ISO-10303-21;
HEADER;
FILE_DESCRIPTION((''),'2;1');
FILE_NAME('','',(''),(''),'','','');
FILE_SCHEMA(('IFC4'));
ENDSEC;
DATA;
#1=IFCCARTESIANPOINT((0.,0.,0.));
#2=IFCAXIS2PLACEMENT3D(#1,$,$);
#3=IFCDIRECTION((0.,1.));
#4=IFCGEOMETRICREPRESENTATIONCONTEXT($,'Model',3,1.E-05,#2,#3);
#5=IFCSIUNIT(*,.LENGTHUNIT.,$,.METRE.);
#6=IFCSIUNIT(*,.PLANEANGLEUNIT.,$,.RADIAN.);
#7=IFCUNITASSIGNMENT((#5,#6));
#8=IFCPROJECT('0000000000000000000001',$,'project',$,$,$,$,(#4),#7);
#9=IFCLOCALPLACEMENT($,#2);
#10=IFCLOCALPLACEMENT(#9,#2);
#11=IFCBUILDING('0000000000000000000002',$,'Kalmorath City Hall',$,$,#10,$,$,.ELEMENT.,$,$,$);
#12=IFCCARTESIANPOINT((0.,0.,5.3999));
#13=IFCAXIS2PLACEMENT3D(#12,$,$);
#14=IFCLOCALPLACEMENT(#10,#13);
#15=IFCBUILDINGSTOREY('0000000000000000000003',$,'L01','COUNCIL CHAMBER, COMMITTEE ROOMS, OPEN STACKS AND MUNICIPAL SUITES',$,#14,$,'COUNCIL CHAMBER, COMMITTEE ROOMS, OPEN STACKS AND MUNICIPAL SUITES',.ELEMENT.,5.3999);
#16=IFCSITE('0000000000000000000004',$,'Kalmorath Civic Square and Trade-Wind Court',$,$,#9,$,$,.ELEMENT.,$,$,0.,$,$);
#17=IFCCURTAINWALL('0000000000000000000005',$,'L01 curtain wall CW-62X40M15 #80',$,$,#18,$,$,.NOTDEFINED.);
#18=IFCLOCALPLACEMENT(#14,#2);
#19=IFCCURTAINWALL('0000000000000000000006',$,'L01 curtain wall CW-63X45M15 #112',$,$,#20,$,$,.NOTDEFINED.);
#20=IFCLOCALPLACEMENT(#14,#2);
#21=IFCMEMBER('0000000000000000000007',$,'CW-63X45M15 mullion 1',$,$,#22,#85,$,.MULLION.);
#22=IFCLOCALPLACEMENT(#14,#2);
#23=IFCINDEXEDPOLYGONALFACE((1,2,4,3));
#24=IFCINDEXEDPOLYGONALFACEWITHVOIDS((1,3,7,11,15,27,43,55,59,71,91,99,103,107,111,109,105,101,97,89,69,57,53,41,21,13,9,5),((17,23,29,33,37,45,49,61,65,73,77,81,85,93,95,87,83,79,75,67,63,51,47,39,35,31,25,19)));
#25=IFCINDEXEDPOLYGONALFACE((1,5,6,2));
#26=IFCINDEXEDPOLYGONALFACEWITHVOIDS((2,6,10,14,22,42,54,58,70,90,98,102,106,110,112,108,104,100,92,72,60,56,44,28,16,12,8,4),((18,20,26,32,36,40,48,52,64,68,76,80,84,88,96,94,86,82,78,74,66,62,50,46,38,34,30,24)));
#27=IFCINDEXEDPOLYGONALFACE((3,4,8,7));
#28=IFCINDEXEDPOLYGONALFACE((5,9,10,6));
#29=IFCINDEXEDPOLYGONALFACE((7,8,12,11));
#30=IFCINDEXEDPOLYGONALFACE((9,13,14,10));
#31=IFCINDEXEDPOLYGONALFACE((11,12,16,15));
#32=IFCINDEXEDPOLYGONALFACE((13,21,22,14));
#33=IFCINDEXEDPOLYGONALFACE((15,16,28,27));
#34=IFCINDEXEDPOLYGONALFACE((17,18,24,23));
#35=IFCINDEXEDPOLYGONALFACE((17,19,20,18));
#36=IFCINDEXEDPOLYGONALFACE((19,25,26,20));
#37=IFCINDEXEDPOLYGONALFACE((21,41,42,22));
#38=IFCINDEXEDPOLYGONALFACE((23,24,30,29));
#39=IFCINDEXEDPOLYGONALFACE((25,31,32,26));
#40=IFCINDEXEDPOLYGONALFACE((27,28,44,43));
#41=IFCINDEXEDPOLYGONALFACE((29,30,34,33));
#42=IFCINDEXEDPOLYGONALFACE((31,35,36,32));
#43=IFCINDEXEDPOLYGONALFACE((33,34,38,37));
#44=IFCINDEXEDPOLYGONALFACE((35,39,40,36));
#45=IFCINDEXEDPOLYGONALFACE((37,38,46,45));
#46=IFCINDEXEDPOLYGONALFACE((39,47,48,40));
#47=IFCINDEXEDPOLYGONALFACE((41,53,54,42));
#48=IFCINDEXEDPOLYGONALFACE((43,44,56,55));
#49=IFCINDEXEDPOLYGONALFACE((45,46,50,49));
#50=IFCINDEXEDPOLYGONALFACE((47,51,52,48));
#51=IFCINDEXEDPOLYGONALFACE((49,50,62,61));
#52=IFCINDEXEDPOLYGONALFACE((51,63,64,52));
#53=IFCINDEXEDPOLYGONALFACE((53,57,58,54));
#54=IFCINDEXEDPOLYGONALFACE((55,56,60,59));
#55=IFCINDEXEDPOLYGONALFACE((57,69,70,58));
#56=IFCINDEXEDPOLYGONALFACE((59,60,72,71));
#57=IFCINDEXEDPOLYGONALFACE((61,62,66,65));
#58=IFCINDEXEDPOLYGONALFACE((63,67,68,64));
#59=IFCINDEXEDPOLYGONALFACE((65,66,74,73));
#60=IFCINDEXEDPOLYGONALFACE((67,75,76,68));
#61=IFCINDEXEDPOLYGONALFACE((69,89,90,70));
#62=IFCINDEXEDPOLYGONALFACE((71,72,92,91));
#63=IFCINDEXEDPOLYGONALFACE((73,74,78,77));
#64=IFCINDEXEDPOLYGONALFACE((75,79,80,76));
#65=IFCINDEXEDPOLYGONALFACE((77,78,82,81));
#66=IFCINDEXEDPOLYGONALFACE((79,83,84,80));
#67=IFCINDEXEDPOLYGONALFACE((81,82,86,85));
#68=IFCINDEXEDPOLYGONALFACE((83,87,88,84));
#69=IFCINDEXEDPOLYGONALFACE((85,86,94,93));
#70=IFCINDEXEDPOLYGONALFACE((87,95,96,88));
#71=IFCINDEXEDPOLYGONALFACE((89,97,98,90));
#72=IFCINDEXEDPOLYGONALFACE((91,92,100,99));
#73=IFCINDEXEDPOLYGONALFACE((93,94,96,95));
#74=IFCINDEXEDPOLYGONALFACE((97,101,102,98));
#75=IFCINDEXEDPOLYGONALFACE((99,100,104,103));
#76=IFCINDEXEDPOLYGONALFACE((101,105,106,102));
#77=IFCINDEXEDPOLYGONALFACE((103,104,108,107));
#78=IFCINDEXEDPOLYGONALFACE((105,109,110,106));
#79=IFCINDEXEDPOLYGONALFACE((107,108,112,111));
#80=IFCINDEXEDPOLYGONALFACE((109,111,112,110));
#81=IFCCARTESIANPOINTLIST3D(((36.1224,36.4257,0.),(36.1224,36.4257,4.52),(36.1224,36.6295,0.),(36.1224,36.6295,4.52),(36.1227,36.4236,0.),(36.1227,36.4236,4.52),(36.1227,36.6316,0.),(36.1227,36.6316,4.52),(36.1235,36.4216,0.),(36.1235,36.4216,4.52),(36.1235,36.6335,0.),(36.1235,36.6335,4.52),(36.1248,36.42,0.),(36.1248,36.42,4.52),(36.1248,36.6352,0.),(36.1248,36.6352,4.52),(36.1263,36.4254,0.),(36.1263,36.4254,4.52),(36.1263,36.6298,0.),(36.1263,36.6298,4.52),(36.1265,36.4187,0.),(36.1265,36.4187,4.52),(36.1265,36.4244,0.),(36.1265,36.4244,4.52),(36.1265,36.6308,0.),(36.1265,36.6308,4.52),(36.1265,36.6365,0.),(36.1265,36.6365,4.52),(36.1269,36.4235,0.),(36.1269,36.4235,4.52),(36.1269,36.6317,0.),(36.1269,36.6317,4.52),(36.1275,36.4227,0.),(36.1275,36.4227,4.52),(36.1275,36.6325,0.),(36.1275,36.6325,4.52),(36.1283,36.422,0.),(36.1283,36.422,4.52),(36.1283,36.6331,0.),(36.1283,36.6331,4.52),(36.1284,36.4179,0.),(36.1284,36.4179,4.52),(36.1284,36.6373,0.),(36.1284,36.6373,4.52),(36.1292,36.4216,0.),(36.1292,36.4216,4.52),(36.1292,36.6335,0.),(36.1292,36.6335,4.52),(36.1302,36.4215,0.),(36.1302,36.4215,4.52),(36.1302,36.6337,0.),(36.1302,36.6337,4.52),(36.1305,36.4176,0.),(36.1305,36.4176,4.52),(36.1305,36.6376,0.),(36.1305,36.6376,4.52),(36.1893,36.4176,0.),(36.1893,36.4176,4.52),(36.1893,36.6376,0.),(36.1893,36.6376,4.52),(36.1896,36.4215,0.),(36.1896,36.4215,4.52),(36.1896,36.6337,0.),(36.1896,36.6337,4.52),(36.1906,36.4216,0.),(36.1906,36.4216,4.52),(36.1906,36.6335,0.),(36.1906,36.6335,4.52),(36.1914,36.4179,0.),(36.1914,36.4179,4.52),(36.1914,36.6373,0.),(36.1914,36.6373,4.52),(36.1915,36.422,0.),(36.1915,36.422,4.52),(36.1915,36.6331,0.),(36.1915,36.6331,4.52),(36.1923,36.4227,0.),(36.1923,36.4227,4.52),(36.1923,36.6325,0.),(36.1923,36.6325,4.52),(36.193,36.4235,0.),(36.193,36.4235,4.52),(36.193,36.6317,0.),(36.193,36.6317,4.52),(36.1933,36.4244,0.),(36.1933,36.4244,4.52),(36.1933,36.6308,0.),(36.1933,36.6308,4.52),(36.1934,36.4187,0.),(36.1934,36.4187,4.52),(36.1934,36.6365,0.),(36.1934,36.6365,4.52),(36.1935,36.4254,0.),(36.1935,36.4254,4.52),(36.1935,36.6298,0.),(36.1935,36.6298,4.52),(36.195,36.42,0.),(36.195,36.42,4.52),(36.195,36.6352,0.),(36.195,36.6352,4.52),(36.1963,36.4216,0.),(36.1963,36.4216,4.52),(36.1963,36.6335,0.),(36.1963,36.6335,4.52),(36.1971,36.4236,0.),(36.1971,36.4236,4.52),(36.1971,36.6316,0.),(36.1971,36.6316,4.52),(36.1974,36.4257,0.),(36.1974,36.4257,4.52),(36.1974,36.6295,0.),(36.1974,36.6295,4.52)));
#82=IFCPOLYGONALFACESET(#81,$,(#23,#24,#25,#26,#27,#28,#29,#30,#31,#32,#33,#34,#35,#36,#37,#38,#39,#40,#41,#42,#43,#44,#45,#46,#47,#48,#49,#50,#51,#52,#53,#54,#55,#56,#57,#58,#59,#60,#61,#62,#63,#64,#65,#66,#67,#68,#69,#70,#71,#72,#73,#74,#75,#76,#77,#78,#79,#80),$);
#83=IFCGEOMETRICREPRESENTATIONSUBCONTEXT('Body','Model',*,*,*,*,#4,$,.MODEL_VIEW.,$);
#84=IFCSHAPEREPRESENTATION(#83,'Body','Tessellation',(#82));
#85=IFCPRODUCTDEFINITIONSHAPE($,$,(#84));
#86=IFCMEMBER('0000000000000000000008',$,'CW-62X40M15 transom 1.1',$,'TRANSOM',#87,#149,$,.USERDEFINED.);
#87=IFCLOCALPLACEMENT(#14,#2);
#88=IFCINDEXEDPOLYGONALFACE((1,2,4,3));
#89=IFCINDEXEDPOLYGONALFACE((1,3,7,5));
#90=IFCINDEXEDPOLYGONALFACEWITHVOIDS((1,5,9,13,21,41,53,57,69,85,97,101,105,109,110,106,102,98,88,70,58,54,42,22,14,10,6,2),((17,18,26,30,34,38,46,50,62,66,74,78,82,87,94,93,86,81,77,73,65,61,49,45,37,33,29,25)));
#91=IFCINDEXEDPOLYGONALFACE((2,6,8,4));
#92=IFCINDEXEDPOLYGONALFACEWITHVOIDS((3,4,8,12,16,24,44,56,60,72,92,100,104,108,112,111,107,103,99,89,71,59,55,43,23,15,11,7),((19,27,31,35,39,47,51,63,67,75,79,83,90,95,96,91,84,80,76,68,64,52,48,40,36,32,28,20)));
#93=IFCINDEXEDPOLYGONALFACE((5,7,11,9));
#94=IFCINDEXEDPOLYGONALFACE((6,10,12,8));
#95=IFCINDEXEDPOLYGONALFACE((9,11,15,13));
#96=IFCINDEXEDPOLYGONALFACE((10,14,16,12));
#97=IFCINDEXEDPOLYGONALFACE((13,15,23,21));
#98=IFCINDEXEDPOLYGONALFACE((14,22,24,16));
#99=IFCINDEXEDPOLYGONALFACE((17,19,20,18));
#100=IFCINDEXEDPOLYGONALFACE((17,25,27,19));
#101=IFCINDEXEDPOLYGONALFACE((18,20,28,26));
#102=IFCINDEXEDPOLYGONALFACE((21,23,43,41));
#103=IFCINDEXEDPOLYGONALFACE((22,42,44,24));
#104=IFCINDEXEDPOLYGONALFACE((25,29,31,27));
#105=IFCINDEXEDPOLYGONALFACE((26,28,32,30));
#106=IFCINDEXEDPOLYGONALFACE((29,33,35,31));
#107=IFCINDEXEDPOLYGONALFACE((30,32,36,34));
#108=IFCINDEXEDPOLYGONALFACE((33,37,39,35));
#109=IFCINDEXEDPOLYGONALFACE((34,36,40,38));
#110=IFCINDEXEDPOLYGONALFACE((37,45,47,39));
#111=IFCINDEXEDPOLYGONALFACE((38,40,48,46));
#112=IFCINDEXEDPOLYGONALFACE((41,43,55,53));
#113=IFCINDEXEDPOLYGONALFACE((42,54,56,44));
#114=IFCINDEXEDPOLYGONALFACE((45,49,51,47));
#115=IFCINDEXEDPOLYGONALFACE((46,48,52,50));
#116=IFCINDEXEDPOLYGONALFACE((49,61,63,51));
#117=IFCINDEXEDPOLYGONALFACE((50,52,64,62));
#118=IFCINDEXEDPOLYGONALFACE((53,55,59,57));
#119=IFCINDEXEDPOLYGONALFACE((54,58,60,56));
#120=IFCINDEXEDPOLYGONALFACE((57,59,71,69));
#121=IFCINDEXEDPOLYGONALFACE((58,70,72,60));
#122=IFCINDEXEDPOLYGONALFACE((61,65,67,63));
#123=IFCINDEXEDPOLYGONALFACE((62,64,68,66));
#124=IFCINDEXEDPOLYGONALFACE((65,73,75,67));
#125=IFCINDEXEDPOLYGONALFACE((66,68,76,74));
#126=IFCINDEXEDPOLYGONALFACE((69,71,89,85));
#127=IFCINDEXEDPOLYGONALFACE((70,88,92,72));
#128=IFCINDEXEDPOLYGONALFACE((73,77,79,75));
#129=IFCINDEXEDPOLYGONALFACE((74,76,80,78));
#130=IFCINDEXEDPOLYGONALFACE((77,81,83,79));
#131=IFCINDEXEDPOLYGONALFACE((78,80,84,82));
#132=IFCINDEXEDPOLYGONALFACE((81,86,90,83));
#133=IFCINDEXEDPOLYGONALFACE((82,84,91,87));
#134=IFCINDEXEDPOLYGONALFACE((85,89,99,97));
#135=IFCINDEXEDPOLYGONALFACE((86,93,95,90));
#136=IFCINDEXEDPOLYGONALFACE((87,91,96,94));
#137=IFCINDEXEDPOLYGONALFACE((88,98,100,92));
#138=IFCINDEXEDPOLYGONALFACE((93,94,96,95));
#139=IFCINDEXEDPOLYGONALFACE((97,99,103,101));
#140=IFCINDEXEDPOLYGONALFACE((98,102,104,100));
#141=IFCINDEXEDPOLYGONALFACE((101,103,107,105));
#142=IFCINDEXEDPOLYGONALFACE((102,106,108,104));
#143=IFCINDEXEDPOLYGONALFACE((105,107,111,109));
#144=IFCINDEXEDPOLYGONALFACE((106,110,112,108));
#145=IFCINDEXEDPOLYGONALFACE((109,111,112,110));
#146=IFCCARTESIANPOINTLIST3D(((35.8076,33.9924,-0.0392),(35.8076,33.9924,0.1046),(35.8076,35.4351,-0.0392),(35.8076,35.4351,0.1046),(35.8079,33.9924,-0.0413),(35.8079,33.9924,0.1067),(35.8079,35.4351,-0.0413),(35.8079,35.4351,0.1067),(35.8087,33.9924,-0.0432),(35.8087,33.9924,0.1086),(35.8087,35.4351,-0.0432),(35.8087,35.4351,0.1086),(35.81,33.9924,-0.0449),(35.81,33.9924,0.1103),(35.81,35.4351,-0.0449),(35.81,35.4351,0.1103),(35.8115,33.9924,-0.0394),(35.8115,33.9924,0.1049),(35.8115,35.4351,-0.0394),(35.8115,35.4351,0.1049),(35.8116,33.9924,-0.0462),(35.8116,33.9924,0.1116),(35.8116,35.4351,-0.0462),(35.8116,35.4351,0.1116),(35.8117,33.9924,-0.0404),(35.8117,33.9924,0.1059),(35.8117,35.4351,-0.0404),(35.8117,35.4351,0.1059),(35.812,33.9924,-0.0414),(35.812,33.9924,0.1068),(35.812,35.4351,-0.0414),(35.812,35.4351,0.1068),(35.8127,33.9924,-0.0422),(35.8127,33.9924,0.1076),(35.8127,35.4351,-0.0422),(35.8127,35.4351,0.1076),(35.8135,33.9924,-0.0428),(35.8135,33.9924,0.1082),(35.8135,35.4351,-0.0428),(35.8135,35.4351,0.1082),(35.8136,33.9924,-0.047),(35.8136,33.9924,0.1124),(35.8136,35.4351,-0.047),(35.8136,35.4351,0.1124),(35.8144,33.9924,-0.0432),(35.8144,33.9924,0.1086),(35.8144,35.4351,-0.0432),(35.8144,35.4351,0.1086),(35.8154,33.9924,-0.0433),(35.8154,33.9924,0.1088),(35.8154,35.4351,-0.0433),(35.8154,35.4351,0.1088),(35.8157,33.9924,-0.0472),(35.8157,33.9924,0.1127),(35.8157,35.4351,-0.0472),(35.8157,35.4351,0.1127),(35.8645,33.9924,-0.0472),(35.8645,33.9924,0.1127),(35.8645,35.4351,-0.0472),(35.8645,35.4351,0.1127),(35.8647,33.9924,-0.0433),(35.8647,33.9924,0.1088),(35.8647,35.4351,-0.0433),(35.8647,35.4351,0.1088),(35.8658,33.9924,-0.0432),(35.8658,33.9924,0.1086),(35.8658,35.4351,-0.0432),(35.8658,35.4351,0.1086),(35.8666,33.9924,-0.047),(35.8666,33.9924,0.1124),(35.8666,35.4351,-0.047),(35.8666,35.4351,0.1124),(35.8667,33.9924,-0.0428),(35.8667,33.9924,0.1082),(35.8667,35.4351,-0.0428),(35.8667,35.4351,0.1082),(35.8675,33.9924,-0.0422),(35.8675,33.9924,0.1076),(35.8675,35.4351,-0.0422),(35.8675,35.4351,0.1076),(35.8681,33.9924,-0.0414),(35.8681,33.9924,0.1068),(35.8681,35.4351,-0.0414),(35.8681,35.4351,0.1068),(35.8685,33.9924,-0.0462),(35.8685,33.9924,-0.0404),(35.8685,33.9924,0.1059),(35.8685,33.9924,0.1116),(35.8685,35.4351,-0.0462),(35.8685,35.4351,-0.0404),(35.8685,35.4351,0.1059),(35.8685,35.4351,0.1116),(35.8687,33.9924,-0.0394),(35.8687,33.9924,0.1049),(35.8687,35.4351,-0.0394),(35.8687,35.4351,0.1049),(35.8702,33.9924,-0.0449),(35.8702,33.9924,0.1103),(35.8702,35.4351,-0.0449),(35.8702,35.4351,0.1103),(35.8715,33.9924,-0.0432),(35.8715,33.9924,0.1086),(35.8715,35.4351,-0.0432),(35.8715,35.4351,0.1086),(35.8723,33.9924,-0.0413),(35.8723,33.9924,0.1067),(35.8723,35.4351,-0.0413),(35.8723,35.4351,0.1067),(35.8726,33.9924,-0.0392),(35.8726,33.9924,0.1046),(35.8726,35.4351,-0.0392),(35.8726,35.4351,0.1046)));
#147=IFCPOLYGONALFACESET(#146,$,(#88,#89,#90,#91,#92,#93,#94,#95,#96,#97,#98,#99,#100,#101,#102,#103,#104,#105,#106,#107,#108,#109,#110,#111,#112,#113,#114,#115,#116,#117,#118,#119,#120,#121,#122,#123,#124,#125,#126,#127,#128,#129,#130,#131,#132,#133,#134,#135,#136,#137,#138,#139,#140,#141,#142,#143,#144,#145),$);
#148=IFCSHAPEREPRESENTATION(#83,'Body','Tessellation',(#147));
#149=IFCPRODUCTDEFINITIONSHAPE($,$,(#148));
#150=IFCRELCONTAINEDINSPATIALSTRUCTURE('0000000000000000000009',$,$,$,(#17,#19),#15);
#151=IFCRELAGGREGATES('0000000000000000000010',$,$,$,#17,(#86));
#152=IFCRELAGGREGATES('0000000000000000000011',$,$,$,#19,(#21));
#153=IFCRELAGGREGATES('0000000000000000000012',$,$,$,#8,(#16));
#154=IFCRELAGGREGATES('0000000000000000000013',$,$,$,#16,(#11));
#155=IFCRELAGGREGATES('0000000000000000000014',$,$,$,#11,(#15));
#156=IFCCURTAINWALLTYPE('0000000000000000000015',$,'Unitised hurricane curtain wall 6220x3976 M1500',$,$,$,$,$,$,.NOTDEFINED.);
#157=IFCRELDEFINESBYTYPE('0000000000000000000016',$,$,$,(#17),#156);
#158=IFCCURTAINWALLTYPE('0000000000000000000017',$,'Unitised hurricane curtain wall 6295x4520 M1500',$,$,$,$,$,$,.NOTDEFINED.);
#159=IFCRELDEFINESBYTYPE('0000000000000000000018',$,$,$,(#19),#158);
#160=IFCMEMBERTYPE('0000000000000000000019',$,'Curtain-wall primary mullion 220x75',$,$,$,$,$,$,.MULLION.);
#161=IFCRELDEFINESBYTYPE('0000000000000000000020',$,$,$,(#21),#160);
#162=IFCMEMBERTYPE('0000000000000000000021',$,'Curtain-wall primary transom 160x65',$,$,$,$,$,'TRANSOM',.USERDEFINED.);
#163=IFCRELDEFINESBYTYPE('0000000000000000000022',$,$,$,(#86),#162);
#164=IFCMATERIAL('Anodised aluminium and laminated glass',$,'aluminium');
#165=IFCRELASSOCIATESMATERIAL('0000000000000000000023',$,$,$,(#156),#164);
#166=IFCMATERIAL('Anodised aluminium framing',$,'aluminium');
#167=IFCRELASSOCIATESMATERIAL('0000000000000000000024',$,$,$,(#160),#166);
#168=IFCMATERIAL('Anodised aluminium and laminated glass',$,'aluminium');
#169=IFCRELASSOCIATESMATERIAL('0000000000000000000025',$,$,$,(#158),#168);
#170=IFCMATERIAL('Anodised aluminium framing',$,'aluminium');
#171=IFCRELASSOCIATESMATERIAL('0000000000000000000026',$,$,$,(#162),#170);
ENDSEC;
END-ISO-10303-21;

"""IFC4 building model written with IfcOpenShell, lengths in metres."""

from ifc_helpers import new_model, si_unit, direction, frame, origin, origin_2d, place, context, subcontext, project, spatial, hollow_rectangle, extrude, material, material_profile, profile_set, type_object, element, aggregate, save


model = new_model("IFC4")

# Units and contexts
model_context = context("Model", 3, precision=1e-05, world=origin(), true_north=direction((0.0, 1.0)))
body_context = subcontext(model_context, "Body", "Model", "MODEL_VIEW")
ifc_project = project(units=[si_unit("LENGTHUNIT", "METRE"), si_unit("PLANEANGLEUNIT", "RADIAN")], contexts=[model_context])

# Site, building, storey
site_placement = place(None, origin())
site = spatial("IfcSite", under=ifc_project, at=site_placement, Name="Kalmorath Civic Square and Trade-Wind Court", CompositionType="ELEMENT", RefElevation=0.0)
building_placement = place(site_placement, origin())
building = spatial("IfcBuilding", under=site, at=building_placement, Name="Kalmorath City Hall", CompositionType="ELEMENT")
storey_placement = place(building_placement, frame((0.0, 0.0, 5.3999)))
storey = spatial("IfcBuildingStorey", under=building, at=storey_placement, Name="L01", Description="COUNCIL CHAMBER, COMMITTEE ROOMS, OPEN STACKS AND MUNICIPAL SUITES", LongName="COUNCIL CHAMBER, COMMITTEE ROOMS, OPEN STACKS AND MUNICIPAL SUITES", CompositionType="ELEMENT", Elevation=5.3999)

# Curtain wall
ifc_material_1 = material(Name="Anodised aluminium and laminated glass", Category="aluminium")
curtain_wall_type_1 = type_object("IfcCurtainWallType", Name="Unitised hurricane curtain wall 6220x3976 M1500", PredefinedType="NOTDEFINED", material=ifc_material_1)
curtain_wall_1_placement = place(storey_placement, origin())
curtain_wall_1 = element("IfcCurtainWall", 1, at=curtain_wall_1_placement, inside=storey, type_object=curtain_wall_type_1, Name="L01 curtain wall CW-62X40M15 #80", PredefinedType="NOTDEFINED")
ifc_material_2 = material(Name="Anodised aluminium framing", Category="aluminium")
ifc_material_profile_1 = material_profile(ifc_material_2, hollow_rectangle(XDim=0.075, YDim=0.22, WallThickness=0.0039, InnerFilletRadius=0.0039, OuterFilletRadius=0.0081, at=origin_2d()), Name="ALU-MUL-220X75X4")
ifc_profile_set_1 = profile_set([ifc_material_profile_1], Name="Anodised aluminium framing")
member_type_1 = type_object("IfcMemberType", Name="Curtain-wall primary mullion 220x75", PredefinedType="MULLION", material=ifc_profile_set_1)

# Curtain wall, member
ifc_material_3 = material(Name="Anodised aluminium and laminated glass", Category="aluminium")
curtain_wall_type_2 = type_object("IfcCurtainWallType", Name="Unitised hurricane curtain wall 6295x4520 M1500", PredefinedType="NOTDEFINED", material=ifc_material_3)
curtain_wall_2_placement = place(storey_placement, origin())
curtain_wall_2 = element("IfcCurtainWall", 2, at=curtain_wall_2_placement, inside=storey, type_object=curtain_wall_type_2, Name="L01 curtain wall CW-63X45M15 #112", PredefinedType="NOTDEFINED")
member_1_placement = place(storey_placement, frame((36.1599, 36.5276, 0.0), z_axis=(0.0, 0.0, 1.0), x_axis=(-1.0, 0.0, 0.0)))
member_1 = element("IfcMember", 3, at=member_1_placement, type_object=member_type_1, Name="CW-63X45M15 mullion 1", PredefinedType="MULLION", context=body_context, shape_type="SweptSolid", body=[
    extrude(hollow_rectangle(XDim=0.075, YDim=0.22, WallThickness=0.0039, InnerFilletRadius=0.0039, OuterFilletRadius=0.0081, at=origin_2d()), origin(), (0.0, 0.0, 1.0), 4.52),
])

# Member
ifc_material_4 = material(Name="Anodised aluminium framing", Category="aluminium")
ifc_material_profile_2 = material_profile(ifc_material_4, hollow_rectangle(XDim=0.0649, YDim=0.1599, WallThickness=0.0039, InnerFilletRadius=0.0039, OuterFilletRadius=0.0081, at=origin_2d()), Name="ALU-TRN-160X65X4")
ifc_profile_set_2 = profile_set([ifc_material_profile_2], Name="Anodised aluminium framing")
member_type_2 = type_object("IfcMemberType", Name="Curtain-wall primary transom 160x65", ElementType="TRANSOM", PredefinedType="USERDEFINED", material=ifc_profile_set_2)
member_2_placement = place(storey_placement, frame((35.8401, 35.4351, 0.0327), z_axis=(0.0, -1.0, 0.0), x_axis=(1.0, 0.0, 0.0)))
member_2 = element("IfcMember", 4, at=member_2_placement, type_object=member_type_2, Name="CW-62X40M15 transom 1.1", ObjectType="TRANSOM", PredefinedType="USERDEFINED", context=body_context, shape_type="SweptSolid", body=[
    extrude(hollow_rectangle(XDim=0.0649, YDim=0.1599, WallThickness=0.0039, InnerFilletRadius=0.0039, OuterFilletRadius=0.0081, at=origin_2d()), origin(), (0.0, 0.0, 1.0), 1.4426),
])

aggregate(curtain_wall_1, [member_2])
aggregate(curtain_wall_2, [member_1])

save(model, "model.ifc")
